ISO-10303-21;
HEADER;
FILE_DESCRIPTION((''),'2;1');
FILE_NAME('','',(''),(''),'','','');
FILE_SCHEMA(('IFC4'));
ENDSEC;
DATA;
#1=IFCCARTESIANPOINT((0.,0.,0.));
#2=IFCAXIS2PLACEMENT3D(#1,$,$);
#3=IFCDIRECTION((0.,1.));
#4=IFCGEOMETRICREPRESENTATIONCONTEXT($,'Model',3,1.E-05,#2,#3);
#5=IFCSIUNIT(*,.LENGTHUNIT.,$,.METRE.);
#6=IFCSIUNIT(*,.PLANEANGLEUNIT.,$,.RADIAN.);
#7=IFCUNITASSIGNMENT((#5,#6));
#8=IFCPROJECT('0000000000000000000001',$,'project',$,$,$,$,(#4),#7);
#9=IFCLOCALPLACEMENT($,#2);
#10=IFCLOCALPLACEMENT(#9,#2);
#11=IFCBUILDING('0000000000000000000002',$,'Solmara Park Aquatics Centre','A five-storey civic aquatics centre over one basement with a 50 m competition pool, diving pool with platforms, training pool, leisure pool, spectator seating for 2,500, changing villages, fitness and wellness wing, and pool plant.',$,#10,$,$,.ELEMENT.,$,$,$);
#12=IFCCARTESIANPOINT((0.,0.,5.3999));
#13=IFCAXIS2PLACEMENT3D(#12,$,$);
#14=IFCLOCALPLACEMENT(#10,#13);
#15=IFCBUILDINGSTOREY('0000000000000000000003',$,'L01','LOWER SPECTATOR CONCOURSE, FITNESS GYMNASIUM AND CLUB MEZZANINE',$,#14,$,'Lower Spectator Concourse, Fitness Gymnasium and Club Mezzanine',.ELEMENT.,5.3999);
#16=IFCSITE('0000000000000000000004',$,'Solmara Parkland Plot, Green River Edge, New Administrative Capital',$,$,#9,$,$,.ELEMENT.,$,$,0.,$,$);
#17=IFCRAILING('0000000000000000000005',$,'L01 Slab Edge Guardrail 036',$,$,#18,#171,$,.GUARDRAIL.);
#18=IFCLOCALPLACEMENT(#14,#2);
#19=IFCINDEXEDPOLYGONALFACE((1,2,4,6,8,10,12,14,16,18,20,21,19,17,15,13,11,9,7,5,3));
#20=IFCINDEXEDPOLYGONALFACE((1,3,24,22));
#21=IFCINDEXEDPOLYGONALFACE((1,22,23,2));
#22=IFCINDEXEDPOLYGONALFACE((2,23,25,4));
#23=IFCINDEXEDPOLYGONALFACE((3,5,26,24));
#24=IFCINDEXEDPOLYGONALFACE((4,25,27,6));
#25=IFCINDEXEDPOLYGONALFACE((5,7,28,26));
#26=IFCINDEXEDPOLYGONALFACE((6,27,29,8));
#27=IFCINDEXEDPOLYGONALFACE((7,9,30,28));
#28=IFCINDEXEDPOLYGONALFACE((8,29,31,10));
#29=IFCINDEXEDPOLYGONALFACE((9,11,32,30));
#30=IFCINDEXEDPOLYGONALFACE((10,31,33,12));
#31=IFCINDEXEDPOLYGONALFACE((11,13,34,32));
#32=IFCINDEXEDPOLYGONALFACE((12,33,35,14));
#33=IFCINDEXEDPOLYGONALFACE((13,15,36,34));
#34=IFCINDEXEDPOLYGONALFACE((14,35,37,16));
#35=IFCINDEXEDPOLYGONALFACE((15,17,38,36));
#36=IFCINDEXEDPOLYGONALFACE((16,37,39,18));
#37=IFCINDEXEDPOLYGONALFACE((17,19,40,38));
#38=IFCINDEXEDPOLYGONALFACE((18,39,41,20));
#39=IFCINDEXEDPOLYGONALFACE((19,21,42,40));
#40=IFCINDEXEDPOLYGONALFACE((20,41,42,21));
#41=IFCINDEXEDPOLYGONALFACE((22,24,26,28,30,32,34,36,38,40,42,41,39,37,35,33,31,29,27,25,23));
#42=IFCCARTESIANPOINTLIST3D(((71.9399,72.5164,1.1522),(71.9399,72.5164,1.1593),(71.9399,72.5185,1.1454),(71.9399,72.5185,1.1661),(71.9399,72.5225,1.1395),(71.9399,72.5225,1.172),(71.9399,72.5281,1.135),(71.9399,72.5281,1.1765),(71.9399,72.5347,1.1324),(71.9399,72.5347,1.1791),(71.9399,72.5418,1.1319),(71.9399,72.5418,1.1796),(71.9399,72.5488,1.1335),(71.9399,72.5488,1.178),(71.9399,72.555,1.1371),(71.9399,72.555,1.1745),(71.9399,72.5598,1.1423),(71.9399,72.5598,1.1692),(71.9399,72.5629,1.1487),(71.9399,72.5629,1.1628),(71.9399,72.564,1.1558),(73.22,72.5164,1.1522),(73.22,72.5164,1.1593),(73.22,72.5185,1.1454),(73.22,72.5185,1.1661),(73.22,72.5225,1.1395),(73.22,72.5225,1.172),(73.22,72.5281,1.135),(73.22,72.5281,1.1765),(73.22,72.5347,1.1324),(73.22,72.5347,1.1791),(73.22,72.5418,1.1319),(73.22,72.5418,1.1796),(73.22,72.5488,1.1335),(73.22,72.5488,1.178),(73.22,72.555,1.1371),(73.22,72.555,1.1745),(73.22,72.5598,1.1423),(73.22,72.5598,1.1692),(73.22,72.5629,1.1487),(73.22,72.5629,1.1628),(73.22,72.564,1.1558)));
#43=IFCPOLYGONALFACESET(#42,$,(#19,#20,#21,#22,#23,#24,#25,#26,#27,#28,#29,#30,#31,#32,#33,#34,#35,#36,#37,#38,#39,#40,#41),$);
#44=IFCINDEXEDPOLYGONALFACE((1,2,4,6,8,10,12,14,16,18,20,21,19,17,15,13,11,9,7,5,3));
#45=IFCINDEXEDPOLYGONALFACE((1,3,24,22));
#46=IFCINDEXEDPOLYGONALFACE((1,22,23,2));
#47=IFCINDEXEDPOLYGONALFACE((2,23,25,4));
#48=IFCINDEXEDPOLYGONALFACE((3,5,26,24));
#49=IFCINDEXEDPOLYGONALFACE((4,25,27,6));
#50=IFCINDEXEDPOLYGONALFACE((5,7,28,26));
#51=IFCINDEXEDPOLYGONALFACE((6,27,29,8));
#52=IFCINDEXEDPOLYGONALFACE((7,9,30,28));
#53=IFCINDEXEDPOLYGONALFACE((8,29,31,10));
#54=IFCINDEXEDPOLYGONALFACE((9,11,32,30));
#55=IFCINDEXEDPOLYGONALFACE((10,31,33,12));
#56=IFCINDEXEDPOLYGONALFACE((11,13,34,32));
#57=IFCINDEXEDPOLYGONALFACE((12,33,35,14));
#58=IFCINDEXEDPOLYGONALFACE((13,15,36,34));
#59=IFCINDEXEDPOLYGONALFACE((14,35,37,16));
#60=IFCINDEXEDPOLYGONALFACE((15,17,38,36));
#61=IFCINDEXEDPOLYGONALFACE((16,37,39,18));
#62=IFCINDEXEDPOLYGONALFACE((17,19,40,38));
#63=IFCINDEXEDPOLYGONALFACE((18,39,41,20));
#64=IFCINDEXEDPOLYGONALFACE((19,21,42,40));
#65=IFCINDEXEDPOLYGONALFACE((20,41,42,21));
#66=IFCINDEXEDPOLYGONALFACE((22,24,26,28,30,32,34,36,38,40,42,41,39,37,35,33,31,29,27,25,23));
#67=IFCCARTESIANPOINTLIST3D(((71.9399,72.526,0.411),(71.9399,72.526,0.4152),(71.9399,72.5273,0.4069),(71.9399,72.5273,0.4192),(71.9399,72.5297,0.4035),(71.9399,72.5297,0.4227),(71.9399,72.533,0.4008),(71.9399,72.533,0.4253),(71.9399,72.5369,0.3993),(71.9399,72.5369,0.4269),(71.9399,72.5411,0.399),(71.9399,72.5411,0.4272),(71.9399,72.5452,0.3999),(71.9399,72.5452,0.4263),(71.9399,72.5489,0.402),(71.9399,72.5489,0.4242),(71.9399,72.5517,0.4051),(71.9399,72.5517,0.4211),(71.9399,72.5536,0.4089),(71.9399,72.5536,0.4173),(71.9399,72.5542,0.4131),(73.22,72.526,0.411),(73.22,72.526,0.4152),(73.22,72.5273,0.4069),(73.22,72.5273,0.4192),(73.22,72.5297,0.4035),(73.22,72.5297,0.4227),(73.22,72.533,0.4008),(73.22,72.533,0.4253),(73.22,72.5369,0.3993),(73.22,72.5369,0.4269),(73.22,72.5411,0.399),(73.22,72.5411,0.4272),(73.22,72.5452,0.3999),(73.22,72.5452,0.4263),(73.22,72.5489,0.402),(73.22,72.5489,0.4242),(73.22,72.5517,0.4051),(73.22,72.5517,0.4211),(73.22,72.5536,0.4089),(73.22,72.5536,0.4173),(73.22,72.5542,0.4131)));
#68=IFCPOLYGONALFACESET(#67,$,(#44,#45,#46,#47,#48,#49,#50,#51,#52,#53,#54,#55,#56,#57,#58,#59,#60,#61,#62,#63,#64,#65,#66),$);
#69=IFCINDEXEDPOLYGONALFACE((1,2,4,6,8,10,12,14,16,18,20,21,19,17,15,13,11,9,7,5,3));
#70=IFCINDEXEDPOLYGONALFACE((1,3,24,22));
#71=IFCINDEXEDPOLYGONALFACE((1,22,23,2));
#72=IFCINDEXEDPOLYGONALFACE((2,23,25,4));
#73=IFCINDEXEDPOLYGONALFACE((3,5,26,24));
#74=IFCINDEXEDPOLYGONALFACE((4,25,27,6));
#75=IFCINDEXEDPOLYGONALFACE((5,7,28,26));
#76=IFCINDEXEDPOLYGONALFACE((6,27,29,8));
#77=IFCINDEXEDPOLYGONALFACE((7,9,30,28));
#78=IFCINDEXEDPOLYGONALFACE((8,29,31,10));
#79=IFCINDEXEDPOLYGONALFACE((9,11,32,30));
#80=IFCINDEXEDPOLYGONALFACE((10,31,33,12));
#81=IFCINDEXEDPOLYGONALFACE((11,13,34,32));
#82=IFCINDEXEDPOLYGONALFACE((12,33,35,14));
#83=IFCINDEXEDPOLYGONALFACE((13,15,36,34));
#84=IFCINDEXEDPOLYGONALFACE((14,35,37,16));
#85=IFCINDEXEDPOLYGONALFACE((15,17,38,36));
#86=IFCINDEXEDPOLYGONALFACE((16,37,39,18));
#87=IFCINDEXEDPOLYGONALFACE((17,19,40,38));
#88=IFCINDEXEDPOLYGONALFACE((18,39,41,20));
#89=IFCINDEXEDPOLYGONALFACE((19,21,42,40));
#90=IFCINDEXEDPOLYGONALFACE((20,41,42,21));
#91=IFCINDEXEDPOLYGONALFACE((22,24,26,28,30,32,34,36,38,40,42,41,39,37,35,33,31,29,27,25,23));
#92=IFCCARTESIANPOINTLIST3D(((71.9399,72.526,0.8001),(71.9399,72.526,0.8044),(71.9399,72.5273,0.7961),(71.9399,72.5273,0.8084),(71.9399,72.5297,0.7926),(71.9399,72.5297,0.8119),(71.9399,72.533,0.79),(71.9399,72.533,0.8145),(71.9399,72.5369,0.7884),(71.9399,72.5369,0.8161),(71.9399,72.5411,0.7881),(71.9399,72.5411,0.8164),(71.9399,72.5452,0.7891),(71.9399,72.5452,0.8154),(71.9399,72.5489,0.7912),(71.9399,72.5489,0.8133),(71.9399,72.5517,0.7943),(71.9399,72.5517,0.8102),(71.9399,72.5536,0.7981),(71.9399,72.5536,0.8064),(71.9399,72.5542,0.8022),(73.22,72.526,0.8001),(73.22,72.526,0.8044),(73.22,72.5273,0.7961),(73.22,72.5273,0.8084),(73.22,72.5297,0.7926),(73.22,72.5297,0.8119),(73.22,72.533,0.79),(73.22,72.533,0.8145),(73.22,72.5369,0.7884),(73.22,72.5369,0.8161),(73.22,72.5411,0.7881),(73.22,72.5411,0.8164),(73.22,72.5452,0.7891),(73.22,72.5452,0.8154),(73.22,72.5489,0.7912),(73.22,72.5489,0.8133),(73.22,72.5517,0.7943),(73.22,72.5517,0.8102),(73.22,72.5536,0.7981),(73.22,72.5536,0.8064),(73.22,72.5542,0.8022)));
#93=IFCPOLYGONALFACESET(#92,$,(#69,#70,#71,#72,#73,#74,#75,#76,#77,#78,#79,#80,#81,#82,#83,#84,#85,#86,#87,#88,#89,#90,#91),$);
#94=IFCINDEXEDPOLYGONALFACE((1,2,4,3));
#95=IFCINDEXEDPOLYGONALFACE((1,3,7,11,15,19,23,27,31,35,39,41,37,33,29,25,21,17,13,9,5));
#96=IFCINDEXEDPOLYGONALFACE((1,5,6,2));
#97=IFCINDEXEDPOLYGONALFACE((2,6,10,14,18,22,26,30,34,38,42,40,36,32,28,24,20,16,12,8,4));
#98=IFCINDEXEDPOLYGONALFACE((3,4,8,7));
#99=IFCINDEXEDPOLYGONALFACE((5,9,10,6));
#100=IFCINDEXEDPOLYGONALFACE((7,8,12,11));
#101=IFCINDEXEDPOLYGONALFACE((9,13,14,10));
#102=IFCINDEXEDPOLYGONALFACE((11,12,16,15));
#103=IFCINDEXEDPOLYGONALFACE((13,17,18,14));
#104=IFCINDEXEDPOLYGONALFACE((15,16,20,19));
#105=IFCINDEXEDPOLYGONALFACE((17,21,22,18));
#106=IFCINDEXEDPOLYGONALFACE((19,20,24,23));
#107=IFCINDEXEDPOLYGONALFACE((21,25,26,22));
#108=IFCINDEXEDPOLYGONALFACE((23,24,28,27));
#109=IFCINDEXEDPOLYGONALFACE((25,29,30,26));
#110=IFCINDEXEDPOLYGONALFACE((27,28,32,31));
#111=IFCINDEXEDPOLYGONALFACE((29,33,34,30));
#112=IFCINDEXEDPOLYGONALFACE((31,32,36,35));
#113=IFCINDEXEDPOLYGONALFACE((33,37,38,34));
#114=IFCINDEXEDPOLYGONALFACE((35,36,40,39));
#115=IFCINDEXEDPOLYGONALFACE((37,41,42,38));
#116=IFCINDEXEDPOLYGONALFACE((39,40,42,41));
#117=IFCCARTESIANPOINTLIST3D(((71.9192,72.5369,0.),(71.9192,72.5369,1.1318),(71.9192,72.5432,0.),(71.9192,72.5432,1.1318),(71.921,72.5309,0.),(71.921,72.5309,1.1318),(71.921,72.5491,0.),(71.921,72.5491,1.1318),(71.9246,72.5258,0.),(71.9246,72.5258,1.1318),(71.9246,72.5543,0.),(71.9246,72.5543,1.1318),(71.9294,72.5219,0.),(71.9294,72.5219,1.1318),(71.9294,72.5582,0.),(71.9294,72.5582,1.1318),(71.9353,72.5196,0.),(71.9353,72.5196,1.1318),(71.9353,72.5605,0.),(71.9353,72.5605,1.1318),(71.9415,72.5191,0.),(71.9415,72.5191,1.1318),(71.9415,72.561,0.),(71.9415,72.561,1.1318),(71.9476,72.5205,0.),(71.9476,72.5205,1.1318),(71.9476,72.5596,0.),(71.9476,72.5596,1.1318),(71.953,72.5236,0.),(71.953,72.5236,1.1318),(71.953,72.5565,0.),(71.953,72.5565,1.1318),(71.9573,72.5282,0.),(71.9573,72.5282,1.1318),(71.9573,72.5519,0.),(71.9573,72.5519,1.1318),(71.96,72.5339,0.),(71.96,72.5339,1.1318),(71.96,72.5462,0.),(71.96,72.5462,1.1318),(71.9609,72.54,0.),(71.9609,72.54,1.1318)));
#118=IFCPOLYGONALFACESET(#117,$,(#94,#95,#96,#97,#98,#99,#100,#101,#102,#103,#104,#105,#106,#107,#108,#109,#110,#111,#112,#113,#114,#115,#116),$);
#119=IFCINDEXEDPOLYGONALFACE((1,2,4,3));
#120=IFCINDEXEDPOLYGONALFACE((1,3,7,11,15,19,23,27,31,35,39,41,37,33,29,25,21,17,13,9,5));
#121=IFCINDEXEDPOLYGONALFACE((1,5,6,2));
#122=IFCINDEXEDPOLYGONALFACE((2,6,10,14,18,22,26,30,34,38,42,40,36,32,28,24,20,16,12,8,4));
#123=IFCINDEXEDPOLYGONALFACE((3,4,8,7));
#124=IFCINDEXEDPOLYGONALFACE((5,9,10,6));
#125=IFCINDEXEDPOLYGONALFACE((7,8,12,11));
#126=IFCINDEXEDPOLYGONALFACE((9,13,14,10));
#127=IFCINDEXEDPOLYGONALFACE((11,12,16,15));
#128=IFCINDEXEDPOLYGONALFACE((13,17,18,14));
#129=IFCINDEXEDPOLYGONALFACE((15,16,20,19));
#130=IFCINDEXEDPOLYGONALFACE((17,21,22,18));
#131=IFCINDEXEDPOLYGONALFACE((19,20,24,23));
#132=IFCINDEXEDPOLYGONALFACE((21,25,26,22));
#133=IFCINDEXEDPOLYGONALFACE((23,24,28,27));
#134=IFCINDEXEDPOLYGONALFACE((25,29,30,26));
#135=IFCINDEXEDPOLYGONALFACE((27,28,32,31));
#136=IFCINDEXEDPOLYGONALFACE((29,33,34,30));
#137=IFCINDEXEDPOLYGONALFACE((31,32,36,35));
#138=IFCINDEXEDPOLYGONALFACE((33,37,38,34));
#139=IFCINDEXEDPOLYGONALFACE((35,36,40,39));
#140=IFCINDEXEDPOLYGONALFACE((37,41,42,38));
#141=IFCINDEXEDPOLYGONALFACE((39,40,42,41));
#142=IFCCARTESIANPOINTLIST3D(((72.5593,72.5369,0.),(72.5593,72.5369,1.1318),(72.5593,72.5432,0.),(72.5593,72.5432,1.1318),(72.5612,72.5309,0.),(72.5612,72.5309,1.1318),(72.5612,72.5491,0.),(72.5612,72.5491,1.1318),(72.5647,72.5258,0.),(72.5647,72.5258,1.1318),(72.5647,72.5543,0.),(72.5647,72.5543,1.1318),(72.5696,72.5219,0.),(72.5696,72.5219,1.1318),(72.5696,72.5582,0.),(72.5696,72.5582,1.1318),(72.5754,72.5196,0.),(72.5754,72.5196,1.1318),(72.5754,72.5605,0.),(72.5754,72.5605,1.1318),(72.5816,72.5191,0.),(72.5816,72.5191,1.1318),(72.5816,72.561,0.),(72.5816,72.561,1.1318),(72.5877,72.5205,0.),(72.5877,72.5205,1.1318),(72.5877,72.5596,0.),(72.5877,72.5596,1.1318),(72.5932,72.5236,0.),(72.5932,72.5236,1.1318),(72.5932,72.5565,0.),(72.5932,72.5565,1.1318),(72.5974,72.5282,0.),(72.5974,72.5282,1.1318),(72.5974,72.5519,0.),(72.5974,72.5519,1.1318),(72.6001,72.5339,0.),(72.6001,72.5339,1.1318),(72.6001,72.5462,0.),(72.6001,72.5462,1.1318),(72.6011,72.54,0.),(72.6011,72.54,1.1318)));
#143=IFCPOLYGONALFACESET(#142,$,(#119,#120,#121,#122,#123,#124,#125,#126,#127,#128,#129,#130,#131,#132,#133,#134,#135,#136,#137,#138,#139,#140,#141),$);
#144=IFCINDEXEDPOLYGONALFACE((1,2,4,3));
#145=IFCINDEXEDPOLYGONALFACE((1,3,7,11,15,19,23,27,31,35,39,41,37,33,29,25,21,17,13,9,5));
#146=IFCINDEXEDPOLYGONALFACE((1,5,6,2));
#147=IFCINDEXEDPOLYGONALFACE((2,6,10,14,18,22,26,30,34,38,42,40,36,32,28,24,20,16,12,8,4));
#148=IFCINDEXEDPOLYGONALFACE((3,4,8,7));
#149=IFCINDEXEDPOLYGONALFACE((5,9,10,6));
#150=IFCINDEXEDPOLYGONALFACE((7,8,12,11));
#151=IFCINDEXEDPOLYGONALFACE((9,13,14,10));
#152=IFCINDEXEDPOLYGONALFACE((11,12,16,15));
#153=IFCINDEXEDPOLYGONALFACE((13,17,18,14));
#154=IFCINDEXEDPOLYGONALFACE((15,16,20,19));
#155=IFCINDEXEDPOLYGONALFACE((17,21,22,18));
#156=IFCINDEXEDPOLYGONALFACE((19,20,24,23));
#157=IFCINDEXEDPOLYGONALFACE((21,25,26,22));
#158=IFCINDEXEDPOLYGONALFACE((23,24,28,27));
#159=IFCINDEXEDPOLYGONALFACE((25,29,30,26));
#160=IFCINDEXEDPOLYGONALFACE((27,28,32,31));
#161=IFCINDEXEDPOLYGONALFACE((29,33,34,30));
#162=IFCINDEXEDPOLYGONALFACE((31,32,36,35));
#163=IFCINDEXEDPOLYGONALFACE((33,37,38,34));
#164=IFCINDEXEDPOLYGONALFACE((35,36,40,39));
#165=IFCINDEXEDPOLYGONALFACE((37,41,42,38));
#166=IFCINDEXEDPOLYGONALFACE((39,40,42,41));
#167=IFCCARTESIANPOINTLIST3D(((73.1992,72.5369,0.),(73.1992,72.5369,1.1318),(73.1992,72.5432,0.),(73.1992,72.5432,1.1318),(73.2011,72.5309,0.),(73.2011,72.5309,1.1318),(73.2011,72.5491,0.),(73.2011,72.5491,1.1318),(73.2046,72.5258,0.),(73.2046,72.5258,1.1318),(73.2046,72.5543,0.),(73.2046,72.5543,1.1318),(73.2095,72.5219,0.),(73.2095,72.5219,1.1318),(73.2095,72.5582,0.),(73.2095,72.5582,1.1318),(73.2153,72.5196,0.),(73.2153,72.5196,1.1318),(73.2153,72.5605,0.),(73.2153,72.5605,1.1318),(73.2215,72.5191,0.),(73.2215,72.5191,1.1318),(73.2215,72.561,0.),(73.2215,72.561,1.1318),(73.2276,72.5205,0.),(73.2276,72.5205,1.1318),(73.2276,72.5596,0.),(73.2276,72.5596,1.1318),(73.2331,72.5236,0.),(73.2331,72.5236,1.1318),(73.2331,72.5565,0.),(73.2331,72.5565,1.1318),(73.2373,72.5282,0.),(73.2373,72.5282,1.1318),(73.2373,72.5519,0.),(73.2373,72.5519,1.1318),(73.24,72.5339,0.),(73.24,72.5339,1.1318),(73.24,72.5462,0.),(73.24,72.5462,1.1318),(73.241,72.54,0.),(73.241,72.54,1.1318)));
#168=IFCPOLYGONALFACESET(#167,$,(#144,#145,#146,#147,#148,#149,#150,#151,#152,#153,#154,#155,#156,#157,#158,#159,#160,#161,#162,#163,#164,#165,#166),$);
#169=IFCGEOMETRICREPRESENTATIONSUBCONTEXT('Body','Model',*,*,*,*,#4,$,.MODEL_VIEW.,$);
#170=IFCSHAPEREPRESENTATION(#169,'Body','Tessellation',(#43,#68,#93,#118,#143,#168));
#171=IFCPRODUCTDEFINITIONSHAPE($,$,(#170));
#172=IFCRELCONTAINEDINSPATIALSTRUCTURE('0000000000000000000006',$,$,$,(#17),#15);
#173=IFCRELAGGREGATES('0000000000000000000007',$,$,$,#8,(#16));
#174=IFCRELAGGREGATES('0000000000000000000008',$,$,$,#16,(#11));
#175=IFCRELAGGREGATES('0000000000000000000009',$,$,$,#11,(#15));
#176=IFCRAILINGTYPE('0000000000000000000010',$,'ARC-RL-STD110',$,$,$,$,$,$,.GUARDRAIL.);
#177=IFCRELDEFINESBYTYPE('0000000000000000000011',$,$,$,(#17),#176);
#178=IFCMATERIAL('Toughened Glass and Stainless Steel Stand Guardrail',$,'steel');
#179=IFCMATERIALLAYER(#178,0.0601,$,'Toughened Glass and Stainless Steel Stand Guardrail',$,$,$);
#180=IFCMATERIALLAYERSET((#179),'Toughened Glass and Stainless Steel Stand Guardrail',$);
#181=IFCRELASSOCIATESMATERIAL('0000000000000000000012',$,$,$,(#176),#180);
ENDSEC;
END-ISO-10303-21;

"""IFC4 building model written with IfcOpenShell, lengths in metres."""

from ifc_helpers import new_model, si_unit, direction, frame, origin, origin_2d, place, context, subcontext, project, spatial, circle, extrude, material, layer, layer_set, type_object, element, save


model = new_model("IFC4")

# Units and contexts
model_context = context("Model", 3, precision=1e-05, world=origin(), true_north=direction((0.0, 1.0)))
body_context = subcontext(model_context, "Body", "Model", "MODEL_VIEW")
ifc_project = project(units=[si_unit("LENGTHUNIT", "METRE"), si_unit("PLANEANGLEUNIT", "RADIAN")], contexts=[model_context])

# Site, building, storey
site_placement = place(None, origin())
site = spatial("IfcSite", under=ifc_project, at=site_placement, Name="Solmara Parkland Plot, Green River Edge, New Administrative Capital", CompositionType="ELEMENT", RefElevation=0.0)
building_placement = place(site_placement, origin())
building = spatial("IfcBuilding", under=site, at=building_placement, Name="Solmara Park Aquatics Centre", Description="A five-storey civic aquatics centre over one basement with a 50 m competition pool, diving pool with platforms, training pool, leisure pool, spectator seating for 2,500, changing villages, fitness and wellness wing, and pool plant.", CompositionType="ELEMENT")
storey_placement = place(building_placement, frame((0.0, 0.0, 5.3999)))
storey = spatial("IfcBuildingStorey", under=building, at=storey_placement, Name="L01", Description="LOWER SPECTATOR CONCOURSE, FITNESS GYMNASIUM AND CLUB MEZZANINE", LongName="Lower Spectator Concourse, Fitness Gymnasium and Club Mezzanine", CompositionType="ELEMENT", Elevation=5.3999)

# Railing
ifc_material_1 = material(Name="Toughened Glass and Stainless Steel Stand Guardrail", Category="steel")
ifc_layer_1 = layer(ifc_material_1, 0.0601, Name="Toughened Glass and Stainless Steel Stand Guardrail")
ifc_layer_set_1 = layer_set([ifc_layer_1], Name="Toughened Glass and Stainless Steel Stand Guardrail")
railing_type = type_object("IfcRailingType", Name="ARC-RL-STD110", PredefinedType="GUARDRAIL", material=ifc_layer_set_1)
railing_placement = place(storey_placement, frame((71.9399, 72.54, 0.0)))
element("IfcRailing", 1, at=railing_placement, inside=storey, type_object=railing_type, Name="L01 Slab Edge Guardrail 036", PredefinedType="GUARDRAIL", context=body_context, shape_type="SweptSolid", body=[
    extrude(circle(Radius=0.0239, at=origin_2d()), frame((0.0, 0.0, 1.1558), z_axis=(1.0, 0.0, 0.0), x_axis=(0.0, 1.0, 0.0)), (0.0, 0.0, 1.0), 1.28),
    extrude(circle(Radius=0.0142, at=origin_2d()), frame((0.0, 0.0, 0.4131), z_axis=(1.0, 0.0, 0.0), x_axis=(0.0, 1.0, 0.0)), (0.0, 0.0, 1.0), 1.28),
    extrude(circle(Radius=0.0142, at=origin_2d()), frame((0.0, 0.0, 0.8022), z_axis=(1.0, 0.0, 0.0), x_axis=(0.0, 1.0, 0.0)), (0.0, 0.0, 1.0), 1.28),
    extrude(circle(Radius=0.021, at=origin_2d()), origin(), (0.0, 0.0, 1.0), 1.1318),
    extrude(circle(Radius=0.021, at=origin_2d()), frame((0.6401, 0.0, 0.0)), (0.0, 0.0, 1.0), 1.1318),
    extrude(circle(Radius=0.021, at=origin_2d()), frame((1.28, 0.0, 0.0)), (0.0, 0.0, 1.0), 1.1318),
])

save(model, "model.ifc")
